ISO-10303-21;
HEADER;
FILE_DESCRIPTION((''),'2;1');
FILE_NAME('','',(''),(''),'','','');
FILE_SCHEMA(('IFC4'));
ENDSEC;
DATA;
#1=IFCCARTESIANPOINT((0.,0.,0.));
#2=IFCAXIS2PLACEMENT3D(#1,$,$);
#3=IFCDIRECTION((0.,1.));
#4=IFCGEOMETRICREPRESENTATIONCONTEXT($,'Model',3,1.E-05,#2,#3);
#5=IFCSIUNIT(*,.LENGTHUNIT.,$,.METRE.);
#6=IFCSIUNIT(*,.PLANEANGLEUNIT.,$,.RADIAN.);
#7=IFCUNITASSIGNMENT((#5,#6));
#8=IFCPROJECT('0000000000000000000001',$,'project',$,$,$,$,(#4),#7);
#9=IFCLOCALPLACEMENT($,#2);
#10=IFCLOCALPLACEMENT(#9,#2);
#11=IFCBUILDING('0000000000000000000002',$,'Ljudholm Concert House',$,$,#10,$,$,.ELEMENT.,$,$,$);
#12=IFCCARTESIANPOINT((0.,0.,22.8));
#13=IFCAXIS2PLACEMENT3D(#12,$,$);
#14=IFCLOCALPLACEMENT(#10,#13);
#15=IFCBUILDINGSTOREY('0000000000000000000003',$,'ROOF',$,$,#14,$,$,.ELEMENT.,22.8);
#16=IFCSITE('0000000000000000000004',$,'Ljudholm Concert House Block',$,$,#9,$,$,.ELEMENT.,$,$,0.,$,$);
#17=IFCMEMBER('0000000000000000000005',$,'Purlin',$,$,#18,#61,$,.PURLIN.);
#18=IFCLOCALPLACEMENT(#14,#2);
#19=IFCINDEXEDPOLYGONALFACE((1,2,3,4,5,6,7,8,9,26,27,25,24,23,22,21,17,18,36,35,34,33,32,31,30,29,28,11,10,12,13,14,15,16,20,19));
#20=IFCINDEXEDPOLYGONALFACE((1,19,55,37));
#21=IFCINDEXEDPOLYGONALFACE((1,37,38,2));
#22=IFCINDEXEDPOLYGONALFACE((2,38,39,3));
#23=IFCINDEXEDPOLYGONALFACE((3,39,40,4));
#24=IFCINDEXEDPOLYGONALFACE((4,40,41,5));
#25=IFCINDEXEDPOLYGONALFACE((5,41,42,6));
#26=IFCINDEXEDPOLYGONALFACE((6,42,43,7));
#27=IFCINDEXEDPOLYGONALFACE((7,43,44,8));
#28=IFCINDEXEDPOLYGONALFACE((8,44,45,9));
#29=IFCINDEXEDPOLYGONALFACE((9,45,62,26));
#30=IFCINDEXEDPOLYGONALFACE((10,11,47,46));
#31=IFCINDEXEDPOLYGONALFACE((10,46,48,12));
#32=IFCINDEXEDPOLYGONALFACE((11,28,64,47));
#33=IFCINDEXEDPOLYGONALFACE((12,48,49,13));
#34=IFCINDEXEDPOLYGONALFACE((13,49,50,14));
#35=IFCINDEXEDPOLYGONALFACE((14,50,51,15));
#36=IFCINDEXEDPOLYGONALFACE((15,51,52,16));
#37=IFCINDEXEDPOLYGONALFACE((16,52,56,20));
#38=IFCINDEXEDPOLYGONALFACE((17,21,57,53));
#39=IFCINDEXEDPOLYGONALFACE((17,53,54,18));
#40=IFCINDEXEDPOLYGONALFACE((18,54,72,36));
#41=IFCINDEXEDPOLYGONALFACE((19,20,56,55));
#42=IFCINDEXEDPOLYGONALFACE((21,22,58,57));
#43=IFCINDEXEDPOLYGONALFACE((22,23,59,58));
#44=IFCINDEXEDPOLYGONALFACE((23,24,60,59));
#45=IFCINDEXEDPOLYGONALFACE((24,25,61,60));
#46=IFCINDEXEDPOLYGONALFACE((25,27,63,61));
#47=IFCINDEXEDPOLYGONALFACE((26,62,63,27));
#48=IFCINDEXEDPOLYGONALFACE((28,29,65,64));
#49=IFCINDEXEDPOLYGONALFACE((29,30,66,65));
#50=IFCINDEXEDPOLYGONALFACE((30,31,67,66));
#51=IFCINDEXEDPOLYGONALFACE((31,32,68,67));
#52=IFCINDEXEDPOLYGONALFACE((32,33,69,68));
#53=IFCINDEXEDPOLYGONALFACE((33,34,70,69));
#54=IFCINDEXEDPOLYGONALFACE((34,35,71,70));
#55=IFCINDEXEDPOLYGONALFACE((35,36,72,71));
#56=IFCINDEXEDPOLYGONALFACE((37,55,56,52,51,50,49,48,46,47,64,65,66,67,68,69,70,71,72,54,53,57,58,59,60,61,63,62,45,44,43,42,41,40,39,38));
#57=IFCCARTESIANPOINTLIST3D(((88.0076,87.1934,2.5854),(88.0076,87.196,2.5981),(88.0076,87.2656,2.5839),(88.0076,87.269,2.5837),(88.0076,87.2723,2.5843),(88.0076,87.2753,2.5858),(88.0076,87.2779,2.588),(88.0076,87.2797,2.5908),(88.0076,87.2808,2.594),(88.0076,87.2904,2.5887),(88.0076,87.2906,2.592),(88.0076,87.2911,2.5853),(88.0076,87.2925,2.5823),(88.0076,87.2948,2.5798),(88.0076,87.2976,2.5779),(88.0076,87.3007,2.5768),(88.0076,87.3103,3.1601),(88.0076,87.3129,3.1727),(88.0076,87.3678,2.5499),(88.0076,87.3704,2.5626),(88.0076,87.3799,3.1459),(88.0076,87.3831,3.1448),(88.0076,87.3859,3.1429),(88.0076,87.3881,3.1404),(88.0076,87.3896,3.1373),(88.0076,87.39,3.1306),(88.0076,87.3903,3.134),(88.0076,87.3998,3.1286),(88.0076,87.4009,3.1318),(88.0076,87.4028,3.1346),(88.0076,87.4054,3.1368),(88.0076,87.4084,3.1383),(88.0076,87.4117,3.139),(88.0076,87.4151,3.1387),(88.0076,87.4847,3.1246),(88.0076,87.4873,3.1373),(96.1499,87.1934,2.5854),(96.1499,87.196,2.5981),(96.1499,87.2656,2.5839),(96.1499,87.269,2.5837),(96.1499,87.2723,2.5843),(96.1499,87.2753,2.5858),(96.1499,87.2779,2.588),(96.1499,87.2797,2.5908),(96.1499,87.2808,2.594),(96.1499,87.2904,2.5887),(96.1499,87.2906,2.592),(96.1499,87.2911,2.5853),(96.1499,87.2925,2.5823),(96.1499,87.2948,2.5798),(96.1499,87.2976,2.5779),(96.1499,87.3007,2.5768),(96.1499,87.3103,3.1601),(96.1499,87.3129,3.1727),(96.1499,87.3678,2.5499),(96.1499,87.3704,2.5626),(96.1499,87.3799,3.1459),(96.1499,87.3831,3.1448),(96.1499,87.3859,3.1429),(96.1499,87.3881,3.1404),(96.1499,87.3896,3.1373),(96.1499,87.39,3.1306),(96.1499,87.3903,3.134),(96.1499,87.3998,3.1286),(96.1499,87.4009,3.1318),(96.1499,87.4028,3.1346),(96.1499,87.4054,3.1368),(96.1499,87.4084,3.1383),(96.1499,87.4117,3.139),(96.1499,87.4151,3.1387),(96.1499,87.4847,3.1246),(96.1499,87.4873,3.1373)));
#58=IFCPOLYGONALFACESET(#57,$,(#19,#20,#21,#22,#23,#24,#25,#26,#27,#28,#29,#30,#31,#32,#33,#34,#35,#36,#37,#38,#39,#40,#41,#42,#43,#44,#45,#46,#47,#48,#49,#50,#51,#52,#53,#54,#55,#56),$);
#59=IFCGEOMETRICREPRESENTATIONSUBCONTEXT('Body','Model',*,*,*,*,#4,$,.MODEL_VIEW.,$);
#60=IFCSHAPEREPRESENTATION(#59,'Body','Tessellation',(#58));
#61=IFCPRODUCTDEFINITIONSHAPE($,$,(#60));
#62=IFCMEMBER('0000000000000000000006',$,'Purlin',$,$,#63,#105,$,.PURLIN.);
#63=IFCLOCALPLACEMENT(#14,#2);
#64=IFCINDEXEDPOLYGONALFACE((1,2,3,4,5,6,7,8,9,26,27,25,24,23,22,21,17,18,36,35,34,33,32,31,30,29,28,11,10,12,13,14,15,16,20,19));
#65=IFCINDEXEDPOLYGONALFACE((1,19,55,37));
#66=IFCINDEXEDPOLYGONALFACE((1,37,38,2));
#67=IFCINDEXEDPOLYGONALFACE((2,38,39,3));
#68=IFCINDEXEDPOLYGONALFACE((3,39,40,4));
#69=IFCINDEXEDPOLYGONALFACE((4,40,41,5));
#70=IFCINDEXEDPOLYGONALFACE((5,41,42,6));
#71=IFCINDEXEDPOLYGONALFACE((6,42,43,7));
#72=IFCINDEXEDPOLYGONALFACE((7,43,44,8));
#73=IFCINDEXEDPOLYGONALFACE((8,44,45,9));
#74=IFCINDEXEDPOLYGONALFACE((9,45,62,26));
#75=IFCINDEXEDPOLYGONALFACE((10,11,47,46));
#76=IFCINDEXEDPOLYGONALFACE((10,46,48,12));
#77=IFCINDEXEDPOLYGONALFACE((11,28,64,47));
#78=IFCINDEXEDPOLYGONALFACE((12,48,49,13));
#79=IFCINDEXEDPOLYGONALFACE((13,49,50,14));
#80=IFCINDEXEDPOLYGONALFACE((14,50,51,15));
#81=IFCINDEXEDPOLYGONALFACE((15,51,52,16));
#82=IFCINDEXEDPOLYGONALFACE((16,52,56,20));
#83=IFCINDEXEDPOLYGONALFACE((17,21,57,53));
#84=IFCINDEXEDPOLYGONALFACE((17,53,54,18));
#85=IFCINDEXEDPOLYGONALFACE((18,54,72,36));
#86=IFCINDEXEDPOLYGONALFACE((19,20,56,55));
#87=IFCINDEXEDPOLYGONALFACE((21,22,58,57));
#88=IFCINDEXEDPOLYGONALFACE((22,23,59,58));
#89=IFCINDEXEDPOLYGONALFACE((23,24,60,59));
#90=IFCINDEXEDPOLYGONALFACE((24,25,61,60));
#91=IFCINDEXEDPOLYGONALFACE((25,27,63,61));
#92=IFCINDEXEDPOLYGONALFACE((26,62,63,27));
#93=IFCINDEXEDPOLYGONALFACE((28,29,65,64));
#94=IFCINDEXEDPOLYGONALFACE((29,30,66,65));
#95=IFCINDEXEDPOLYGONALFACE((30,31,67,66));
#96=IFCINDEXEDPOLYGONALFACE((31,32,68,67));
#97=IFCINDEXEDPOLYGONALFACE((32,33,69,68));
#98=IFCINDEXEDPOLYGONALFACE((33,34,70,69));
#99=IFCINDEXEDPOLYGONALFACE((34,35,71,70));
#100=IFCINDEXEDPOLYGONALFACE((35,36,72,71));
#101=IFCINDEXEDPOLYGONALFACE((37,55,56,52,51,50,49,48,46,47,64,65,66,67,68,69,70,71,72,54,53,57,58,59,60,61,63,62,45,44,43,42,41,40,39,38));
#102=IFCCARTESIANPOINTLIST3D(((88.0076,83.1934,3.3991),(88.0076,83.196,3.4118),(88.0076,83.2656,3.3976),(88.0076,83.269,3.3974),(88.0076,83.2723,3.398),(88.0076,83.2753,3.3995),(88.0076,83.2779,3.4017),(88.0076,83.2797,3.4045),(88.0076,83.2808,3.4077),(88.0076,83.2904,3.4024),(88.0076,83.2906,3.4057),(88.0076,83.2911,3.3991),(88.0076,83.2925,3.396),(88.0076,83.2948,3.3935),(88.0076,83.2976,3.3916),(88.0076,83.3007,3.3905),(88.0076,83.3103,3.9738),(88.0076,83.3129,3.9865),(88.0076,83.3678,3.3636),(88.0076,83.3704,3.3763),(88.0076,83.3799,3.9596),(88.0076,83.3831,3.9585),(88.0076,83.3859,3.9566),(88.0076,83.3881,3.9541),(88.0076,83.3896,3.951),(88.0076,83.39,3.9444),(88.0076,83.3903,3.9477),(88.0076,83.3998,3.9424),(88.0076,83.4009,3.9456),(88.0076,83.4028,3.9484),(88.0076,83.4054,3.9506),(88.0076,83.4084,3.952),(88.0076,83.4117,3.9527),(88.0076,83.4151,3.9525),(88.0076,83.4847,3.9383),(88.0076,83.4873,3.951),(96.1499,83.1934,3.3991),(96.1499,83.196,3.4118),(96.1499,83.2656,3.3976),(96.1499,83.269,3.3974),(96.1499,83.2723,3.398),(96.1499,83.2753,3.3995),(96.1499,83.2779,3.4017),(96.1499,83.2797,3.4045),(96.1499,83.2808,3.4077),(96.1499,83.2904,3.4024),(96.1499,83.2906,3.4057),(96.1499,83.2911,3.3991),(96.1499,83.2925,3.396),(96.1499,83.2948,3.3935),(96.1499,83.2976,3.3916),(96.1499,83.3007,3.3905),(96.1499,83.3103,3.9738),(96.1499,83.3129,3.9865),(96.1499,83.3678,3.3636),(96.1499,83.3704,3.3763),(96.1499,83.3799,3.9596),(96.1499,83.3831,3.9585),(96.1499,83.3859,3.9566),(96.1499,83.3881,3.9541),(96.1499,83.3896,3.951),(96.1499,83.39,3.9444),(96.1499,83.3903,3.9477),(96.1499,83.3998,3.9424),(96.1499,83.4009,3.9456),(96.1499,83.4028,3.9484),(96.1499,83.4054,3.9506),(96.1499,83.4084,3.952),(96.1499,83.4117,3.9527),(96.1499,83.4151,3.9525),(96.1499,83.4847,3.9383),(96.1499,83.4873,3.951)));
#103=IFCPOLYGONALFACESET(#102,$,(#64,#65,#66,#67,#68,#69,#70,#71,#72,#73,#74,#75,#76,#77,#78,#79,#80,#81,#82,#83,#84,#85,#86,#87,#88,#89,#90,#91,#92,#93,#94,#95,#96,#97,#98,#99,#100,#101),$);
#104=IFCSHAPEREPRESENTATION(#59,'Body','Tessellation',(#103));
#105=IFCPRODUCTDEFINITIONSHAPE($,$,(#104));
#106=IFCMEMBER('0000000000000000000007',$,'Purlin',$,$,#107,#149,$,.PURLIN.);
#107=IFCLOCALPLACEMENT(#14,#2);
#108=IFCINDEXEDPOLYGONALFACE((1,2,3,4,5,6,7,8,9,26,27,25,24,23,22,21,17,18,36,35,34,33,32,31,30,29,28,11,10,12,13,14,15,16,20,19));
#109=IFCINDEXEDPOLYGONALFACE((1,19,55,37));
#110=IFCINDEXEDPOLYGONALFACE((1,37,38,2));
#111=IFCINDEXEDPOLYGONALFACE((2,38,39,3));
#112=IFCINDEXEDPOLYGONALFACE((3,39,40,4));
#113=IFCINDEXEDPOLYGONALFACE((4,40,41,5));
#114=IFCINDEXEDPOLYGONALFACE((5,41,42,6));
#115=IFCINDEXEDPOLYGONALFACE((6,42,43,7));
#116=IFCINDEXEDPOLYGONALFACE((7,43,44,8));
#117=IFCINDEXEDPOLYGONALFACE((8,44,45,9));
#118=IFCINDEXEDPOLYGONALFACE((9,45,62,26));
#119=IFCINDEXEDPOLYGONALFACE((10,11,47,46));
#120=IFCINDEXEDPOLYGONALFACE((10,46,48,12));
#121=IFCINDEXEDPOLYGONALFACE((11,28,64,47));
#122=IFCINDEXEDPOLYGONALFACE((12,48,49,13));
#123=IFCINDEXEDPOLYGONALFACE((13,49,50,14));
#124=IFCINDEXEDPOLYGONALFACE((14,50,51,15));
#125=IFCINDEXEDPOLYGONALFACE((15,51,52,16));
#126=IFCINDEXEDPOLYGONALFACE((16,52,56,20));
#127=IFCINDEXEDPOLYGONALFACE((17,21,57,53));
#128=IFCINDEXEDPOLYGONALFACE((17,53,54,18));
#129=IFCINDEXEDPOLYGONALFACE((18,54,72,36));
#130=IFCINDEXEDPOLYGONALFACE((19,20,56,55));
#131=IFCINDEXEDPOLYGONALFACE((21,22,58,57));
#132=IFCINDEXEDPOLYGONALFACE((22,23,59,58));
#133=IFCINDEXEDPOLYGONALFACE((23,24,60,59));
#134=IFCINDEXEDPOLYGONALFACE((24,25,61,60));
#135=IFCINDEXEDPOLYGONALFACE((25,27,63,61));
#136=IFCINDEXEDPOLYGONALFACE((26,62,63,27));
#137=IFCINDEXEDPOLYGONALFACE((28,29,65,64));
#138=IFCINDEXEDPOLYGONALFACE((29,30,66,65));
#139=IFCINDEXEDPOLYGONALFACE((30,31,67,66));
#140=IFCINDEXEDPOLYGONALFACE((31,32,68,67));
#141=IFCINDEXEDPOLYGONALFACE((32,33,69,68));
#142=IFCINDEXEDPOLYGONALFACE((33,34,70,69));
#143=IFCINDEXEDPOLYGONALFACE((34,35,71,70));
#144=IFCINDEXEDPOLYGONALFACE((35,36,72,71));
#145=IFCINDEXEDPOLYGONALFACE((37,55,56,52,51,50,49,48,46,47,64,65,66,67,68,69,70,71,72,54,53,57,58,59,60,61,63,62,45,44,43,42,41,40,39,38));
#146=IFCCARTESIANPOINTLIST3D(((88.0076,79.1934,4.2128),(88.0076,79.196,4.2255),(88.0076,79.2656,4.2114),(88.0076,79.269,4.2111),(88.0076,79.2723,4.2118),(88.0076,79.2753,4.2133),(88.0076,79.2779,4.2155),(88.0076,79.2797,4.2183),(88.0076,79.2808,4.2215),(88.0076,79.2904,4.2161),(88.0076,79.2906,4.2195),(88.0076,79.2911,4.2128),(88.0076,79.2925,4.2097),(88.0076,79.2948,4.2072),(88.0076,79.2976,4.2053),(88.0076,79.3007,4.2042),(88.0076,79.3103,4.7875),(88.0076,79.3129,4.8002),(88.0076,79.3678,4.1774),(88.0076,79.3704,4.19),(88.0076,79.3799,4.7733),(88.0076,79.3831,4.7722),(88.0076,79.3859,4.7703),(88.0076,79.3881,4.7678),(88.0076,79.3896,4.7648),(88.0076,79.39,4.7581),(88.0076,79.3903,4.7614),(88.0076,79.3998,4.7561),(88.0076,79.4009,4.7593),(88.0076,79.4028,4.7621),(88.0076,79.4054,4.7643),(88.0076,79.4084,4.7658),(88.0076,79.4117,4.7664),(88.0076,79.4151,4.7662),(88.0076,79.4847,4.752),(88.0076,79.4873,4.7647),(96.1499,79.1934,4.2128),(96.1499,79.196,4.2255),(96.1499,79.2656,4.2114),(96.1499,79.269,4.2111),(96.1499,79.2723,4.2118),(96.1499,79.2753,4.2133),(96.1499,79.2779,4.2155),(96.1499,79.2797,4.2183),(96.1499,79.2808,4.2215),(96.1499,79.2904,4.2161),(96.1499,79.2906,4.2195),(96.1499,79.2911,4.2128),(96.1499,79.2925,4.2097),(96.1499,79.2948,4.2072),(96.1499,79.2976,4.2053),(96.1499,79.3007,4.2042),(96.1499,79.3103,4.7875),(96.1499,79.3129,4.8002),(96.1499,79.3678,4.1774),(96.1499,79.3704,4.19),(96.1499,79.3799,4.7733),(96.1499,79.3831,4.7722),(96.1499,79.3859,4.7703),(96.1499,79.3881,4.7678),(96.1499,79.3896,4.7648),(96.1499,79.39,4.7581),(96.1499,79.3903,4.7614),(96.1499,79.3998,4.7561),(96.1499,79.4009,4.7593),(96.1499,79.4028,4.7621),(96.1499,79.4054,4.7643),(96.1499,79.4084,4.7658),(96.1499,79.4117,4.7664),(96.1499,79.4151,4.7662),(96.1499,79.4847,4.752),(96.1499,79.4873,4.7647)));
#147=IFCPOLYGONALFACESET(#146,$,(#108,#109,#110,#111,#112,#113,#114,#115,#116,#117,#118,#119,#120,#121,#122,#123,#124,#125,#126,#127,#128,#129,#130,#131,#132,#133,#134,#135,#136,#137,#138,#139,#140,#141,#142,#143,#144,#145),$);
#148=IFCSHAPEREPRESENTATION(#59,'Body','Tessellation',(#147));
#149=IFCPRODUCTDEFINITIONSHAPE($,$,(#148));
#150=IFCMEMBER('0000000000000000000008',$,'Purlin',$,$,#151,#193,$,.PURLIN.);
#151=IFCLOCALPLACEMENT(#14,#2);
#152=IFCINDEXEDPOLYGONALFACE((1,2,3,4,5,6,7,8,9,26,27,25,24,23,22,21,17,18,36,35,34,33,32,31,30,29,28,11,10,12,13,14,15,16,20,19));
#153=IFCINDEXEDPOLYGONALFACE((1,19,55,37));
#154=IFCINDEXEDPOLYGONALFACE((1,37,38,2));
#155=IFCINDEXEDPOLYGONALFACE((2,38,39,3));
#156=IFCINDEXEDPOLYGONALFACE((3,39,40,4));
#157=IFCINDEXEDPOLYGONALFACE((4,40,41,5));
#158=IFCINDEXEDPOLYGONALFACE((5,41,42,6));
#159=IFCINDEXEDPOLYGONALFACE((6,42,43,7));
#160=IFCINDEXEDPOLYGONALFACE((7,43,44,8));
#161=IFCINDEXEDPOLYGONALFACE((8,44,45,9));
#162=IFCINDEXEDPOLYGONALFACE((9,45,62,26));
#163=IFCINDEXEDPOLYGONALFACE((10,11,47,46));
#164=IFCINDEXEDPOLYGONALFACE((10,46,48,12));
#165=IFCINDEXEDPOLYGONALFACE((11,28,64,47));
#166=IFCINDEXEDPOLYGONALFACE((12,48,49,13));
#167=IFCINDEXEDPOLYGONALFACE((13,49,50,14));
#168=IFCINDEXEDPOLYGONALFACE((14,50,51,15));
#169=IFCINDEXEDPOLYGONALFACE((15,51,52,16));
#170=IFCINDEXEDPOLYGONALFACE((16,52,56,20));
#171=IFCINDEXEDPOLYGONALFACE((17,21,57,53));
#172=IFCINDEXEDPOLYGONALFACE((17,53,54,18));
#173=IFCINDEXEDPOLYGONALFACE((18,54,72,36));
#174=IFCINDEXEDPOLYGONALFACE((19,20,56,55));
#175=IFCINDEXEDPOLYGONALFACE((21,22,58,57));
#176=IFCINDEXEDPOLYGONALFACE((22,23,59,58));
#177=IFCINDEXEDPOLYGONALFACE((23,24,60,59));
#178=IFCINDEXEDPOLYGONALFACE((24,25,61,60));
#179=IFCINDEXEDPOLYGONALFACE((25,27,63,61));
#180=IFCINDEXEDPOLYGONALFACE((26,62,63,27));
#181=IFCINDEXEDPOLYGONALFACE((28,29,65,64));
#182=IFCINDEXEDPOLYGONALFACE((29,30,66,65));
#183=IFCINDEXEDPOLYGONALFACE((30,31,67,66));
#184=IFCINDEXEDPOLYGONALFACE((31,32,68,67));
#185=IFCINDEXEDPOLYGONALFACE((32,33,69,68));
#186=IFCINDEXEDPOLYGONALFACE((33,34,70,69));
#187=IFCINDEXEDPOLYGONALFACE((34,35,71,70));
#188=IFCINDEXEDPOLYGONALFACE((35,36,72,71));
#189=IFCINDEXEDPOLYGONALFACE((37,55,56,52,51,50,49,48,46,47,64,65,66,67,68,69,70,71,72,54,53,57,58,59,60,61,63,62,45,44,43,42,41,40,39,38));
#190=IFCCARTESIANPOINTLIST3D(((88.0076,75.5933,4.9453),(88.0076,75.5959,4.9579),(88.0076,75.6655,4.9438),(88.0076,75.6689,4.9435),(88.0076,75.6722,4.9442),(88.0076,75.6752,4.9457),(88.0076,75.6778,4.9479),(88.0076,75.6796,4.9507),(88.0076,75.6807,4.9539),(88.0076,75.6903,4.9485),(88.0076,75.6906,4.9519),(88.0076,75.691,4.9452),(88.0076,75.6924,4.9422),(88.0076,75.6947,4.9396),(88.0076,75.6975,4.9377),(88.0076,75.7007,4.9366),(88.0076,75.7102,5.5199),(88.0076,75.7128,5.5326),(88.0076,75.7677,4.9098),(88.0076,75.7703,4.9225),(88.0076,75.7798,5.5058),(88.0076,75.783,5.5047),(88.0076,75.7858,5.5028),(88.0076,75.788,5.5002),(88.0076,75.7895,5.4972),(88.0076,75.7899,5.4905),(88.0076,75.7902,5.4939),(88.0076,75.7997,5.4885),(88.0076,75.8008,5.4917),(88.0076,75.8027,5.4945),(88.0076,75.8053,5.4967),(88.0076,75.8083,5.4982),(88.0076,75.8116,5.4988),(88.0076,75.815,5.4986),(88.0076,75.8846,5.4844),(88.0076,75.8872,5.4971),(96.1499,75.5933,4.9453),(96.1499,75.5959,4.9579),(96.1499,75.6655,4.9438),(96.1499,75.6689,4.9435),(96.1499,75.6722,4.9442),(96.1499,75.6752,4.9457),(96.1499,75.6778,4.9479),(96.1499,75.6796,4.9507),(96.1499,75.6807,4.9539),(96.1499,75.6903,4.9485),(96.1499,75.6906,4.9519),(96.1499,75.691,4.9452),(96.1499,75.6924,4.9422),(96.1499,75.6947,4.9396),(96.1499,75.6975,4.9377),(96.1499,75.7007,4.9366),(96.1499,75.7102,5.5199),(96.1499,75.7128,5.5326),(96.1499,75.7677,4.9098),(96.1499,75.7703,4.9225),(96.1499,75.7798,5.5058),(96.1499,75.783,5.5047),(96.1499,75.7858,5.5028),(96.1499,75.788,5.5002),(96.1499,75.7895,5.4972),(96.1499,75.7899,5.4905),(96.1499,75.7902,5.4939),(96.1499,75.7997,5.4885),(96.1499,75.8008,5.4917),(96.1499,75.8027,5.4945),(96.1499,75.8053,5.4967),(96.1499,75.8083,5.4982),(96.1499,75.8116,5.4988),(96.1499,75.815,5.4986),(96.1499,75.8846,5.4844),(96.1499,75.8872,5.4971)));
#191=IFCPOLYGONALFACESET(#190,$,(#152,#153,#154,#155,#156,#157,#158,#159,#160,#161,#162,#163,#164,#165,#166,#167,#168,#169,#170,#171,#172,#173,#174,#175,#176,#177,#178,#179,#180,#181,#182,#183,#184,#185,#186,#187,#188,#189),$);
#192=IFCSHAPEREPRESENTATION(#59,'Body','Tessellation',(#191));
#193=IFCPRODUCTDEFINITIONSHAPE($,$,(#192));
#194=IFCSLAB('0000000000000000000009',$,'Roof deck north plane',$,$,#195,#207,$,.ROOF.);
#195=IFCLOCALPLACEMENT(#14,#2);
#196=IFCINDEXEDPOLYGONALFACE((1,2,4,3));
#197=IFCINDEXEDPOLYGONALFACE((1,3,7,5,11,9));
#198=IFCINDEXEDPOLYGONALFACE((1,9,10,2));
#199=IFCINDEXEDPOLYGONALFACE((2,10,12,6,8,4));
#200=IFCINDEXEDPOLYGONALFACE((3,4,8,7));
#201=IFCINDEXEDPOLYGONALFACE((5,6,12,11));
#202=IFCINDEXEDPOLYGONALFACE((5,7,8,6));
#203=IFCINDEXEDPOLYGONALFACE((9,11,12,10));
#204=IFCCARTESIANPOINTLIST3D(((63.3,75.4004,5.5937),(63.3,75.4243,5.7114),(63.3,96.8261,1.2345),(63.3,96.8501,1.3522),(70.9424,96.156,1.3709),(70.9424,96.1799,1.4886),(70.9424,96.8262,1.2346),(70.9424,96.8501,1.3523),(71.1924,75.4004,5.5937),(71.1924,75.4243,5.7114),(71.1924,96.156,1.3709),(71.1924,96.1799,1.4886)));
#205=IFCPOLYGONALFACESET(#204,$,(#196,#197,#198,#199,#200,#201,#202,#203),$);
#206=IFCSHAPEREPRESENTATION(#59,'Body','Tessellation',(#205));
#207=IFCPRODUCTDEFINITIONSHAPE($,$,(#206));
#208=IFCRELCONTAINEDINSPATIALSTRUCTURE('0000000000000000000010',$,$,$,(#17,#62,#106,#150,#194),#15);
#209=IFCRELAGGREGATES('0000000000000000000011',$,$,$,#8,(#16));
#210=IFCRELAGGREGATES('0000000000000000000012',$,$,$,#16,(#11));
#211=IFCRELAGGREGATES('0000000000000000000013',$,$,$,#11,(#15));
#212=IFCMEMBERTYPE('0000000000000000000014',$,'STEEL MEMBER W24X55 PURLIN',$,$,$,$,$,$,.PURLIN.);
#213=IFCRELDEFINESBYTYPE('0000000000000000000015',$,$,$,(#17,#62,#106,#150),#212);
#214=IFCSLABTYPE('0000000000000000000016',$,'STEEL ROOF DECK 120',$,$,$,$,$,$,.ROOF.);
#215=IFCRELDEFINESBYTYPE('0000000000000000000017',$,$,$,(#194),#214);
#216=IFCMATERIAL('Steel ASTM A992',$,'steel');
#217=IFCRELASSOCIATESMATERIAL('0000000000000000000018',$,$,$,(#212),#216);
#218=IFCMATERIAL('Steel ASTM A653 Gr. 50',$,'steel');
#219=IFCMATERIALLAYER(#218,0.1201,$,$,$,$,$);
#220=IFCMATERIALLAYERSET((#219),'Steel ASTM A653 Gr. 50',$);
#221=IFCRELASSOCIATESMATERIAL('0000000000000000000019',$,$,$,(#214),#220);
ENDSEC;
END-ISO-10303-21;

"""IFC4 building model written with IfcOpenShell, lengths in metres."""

from ifc_helpers import new_model, si_unit, direction, frame, origin, origin_2d, place, context, subcontext, project, spatial, polyline, i_section, outline, extrude, material, layer, layer_set, material_profile, profile_set, type_object, element, save


model = new_model("IFC4")

# Units and contexts
model_context = context("Model", 3, precision=1e-05, world=origin(), true_north=direction((0.0, 1.0)))
body_context = subcontext(model_context, "Body", "Model", "MODEL_VIEW")
ifc_project = project(units=[si_unit("LENGTHUNIT", "METRE"), si_unit("PLANEANGLEUNIT", "RADIAN")], contexts=[model_context])

# Site, building, storey
site_placement = place(None, origin())
site = spatial("IfcSite", under=ifc_project, at=site_placement, Name="Ljudholm Concert House Block", CompositionType="ELEMENT", RefElevation=0.0)
building_placement = place(site_placement, origin())
building = spatial("IfcBuilding", under=site, at=building_placement, Name="Ljudholm Concert House", CompositionType="ELEMENT")
storey_placement = place(building_placement, frame((0.0, 0.0, 22.8)))
storey = spatial("IfcBuildingStorey", under=building, at=storey_placement, Name="ROOF", CompositionType="ELEMENT", Elevation=22.8)

# Members
ifc_material_1 = material(Name="Steel ASTM A992", Category="steel")
ifc_material_profile_1 = material_profile(ifc_material_1, i_section(OverallWidth=0.178, OverallDepth=0.5994, WebThickness=0.01, FlangeThickness=0.0129, FilletRadius=0.0129, at=origin_2d()), Name="W24X55")
ifc_profile_set_1 = profile_set([ifc_material_profile_1], Name="Steel ASTM A992")
member_type_1 = type_object("IfcMemberType", Name="STEEL MEMBER W24X55 PURLIN", PredefinedType="PURLIN", material=ifc_profile_set_1)
for number, where, z_axis, x_axis, name in (
    (1, (88.0076, 87.3403, 2.8613), (1.0, 0.0, 0.0), (0.0, 0.979925, -0.199368), "Purlin"),
    (2, (88.0076, 83.3403, 3.675), (1.0, 0.0, 0.0), (0.0, 0.979925, -0.199368), "Purlin"),
    (3, (88.0076, 79.3403, 4.4888), (1.0, 0.0, 0.0), (0.0, 0.979925, -0.199368), "Purlin"),
    (4, (88.0076, 75.7402, 5.2212), (1.0, 0.0, 0.0), (0.0, 0.979925, -0.199368), "Purlin"),
):
    element("IfcMember", number, at=place(storey_placement, frame(where, z_axis=z_axis, x_axis=x_axis)), inside=storey, type_object=member_type_1, Name=name, PredefinedType="PURLIN", context=body_context, shape_type="SweptSolid", body=[
        extrude(i_section(OverallWidth=0.178, OverallDepth=0.5994, WebThickness=0.01, FlangeThickness=0.0129, FilletRadius=0.0129, at=origin_2d()), origin(), (0.0, 0.0, 1.0), 8.1423),
    ])

# Slab
ifc_material_2 = material(Name="Steel ASTM A653 Gr. 50", Category="steel")
ifc_layer = layer(ifc_material_2, 0.1201)
ifc_layer_set = layer_set([ifc_layer], Name="Steel ASTM A653 Gr. 50")
slab_type = type_object("IfcSlabType", Name="STEEL ROOF DECK 120", PredefinedType="ROOF", material=ifc_layer_set)
slab_1_placement = place(storey_placement, frame((70.9424, 96.8501, 1.3523), z_axis=(-0.000008, 0.199368, 0.979925), x_axis=(0.0, -0.979925, 0.199368)))
element("IfcSlab", 5, at=slab_1_placement, inside=storey, type_object=slab_type, Name="Roof deck north plane", PredefinedType="ROOF", context=body_context, shape_type="SweptSolid", body=[
    extrude(outline(polyline([(0.0, 0.0), (0.6839, 0.0), (0.6839, 0.25), (21.8647, 0.25), (21.8647, -7.6423), (0.0, -7.6423), (0.0, 0.0)])), origin(), (0.0, 0.0, -1.0), 0.1201),
])

save(model, "model.ifc")
